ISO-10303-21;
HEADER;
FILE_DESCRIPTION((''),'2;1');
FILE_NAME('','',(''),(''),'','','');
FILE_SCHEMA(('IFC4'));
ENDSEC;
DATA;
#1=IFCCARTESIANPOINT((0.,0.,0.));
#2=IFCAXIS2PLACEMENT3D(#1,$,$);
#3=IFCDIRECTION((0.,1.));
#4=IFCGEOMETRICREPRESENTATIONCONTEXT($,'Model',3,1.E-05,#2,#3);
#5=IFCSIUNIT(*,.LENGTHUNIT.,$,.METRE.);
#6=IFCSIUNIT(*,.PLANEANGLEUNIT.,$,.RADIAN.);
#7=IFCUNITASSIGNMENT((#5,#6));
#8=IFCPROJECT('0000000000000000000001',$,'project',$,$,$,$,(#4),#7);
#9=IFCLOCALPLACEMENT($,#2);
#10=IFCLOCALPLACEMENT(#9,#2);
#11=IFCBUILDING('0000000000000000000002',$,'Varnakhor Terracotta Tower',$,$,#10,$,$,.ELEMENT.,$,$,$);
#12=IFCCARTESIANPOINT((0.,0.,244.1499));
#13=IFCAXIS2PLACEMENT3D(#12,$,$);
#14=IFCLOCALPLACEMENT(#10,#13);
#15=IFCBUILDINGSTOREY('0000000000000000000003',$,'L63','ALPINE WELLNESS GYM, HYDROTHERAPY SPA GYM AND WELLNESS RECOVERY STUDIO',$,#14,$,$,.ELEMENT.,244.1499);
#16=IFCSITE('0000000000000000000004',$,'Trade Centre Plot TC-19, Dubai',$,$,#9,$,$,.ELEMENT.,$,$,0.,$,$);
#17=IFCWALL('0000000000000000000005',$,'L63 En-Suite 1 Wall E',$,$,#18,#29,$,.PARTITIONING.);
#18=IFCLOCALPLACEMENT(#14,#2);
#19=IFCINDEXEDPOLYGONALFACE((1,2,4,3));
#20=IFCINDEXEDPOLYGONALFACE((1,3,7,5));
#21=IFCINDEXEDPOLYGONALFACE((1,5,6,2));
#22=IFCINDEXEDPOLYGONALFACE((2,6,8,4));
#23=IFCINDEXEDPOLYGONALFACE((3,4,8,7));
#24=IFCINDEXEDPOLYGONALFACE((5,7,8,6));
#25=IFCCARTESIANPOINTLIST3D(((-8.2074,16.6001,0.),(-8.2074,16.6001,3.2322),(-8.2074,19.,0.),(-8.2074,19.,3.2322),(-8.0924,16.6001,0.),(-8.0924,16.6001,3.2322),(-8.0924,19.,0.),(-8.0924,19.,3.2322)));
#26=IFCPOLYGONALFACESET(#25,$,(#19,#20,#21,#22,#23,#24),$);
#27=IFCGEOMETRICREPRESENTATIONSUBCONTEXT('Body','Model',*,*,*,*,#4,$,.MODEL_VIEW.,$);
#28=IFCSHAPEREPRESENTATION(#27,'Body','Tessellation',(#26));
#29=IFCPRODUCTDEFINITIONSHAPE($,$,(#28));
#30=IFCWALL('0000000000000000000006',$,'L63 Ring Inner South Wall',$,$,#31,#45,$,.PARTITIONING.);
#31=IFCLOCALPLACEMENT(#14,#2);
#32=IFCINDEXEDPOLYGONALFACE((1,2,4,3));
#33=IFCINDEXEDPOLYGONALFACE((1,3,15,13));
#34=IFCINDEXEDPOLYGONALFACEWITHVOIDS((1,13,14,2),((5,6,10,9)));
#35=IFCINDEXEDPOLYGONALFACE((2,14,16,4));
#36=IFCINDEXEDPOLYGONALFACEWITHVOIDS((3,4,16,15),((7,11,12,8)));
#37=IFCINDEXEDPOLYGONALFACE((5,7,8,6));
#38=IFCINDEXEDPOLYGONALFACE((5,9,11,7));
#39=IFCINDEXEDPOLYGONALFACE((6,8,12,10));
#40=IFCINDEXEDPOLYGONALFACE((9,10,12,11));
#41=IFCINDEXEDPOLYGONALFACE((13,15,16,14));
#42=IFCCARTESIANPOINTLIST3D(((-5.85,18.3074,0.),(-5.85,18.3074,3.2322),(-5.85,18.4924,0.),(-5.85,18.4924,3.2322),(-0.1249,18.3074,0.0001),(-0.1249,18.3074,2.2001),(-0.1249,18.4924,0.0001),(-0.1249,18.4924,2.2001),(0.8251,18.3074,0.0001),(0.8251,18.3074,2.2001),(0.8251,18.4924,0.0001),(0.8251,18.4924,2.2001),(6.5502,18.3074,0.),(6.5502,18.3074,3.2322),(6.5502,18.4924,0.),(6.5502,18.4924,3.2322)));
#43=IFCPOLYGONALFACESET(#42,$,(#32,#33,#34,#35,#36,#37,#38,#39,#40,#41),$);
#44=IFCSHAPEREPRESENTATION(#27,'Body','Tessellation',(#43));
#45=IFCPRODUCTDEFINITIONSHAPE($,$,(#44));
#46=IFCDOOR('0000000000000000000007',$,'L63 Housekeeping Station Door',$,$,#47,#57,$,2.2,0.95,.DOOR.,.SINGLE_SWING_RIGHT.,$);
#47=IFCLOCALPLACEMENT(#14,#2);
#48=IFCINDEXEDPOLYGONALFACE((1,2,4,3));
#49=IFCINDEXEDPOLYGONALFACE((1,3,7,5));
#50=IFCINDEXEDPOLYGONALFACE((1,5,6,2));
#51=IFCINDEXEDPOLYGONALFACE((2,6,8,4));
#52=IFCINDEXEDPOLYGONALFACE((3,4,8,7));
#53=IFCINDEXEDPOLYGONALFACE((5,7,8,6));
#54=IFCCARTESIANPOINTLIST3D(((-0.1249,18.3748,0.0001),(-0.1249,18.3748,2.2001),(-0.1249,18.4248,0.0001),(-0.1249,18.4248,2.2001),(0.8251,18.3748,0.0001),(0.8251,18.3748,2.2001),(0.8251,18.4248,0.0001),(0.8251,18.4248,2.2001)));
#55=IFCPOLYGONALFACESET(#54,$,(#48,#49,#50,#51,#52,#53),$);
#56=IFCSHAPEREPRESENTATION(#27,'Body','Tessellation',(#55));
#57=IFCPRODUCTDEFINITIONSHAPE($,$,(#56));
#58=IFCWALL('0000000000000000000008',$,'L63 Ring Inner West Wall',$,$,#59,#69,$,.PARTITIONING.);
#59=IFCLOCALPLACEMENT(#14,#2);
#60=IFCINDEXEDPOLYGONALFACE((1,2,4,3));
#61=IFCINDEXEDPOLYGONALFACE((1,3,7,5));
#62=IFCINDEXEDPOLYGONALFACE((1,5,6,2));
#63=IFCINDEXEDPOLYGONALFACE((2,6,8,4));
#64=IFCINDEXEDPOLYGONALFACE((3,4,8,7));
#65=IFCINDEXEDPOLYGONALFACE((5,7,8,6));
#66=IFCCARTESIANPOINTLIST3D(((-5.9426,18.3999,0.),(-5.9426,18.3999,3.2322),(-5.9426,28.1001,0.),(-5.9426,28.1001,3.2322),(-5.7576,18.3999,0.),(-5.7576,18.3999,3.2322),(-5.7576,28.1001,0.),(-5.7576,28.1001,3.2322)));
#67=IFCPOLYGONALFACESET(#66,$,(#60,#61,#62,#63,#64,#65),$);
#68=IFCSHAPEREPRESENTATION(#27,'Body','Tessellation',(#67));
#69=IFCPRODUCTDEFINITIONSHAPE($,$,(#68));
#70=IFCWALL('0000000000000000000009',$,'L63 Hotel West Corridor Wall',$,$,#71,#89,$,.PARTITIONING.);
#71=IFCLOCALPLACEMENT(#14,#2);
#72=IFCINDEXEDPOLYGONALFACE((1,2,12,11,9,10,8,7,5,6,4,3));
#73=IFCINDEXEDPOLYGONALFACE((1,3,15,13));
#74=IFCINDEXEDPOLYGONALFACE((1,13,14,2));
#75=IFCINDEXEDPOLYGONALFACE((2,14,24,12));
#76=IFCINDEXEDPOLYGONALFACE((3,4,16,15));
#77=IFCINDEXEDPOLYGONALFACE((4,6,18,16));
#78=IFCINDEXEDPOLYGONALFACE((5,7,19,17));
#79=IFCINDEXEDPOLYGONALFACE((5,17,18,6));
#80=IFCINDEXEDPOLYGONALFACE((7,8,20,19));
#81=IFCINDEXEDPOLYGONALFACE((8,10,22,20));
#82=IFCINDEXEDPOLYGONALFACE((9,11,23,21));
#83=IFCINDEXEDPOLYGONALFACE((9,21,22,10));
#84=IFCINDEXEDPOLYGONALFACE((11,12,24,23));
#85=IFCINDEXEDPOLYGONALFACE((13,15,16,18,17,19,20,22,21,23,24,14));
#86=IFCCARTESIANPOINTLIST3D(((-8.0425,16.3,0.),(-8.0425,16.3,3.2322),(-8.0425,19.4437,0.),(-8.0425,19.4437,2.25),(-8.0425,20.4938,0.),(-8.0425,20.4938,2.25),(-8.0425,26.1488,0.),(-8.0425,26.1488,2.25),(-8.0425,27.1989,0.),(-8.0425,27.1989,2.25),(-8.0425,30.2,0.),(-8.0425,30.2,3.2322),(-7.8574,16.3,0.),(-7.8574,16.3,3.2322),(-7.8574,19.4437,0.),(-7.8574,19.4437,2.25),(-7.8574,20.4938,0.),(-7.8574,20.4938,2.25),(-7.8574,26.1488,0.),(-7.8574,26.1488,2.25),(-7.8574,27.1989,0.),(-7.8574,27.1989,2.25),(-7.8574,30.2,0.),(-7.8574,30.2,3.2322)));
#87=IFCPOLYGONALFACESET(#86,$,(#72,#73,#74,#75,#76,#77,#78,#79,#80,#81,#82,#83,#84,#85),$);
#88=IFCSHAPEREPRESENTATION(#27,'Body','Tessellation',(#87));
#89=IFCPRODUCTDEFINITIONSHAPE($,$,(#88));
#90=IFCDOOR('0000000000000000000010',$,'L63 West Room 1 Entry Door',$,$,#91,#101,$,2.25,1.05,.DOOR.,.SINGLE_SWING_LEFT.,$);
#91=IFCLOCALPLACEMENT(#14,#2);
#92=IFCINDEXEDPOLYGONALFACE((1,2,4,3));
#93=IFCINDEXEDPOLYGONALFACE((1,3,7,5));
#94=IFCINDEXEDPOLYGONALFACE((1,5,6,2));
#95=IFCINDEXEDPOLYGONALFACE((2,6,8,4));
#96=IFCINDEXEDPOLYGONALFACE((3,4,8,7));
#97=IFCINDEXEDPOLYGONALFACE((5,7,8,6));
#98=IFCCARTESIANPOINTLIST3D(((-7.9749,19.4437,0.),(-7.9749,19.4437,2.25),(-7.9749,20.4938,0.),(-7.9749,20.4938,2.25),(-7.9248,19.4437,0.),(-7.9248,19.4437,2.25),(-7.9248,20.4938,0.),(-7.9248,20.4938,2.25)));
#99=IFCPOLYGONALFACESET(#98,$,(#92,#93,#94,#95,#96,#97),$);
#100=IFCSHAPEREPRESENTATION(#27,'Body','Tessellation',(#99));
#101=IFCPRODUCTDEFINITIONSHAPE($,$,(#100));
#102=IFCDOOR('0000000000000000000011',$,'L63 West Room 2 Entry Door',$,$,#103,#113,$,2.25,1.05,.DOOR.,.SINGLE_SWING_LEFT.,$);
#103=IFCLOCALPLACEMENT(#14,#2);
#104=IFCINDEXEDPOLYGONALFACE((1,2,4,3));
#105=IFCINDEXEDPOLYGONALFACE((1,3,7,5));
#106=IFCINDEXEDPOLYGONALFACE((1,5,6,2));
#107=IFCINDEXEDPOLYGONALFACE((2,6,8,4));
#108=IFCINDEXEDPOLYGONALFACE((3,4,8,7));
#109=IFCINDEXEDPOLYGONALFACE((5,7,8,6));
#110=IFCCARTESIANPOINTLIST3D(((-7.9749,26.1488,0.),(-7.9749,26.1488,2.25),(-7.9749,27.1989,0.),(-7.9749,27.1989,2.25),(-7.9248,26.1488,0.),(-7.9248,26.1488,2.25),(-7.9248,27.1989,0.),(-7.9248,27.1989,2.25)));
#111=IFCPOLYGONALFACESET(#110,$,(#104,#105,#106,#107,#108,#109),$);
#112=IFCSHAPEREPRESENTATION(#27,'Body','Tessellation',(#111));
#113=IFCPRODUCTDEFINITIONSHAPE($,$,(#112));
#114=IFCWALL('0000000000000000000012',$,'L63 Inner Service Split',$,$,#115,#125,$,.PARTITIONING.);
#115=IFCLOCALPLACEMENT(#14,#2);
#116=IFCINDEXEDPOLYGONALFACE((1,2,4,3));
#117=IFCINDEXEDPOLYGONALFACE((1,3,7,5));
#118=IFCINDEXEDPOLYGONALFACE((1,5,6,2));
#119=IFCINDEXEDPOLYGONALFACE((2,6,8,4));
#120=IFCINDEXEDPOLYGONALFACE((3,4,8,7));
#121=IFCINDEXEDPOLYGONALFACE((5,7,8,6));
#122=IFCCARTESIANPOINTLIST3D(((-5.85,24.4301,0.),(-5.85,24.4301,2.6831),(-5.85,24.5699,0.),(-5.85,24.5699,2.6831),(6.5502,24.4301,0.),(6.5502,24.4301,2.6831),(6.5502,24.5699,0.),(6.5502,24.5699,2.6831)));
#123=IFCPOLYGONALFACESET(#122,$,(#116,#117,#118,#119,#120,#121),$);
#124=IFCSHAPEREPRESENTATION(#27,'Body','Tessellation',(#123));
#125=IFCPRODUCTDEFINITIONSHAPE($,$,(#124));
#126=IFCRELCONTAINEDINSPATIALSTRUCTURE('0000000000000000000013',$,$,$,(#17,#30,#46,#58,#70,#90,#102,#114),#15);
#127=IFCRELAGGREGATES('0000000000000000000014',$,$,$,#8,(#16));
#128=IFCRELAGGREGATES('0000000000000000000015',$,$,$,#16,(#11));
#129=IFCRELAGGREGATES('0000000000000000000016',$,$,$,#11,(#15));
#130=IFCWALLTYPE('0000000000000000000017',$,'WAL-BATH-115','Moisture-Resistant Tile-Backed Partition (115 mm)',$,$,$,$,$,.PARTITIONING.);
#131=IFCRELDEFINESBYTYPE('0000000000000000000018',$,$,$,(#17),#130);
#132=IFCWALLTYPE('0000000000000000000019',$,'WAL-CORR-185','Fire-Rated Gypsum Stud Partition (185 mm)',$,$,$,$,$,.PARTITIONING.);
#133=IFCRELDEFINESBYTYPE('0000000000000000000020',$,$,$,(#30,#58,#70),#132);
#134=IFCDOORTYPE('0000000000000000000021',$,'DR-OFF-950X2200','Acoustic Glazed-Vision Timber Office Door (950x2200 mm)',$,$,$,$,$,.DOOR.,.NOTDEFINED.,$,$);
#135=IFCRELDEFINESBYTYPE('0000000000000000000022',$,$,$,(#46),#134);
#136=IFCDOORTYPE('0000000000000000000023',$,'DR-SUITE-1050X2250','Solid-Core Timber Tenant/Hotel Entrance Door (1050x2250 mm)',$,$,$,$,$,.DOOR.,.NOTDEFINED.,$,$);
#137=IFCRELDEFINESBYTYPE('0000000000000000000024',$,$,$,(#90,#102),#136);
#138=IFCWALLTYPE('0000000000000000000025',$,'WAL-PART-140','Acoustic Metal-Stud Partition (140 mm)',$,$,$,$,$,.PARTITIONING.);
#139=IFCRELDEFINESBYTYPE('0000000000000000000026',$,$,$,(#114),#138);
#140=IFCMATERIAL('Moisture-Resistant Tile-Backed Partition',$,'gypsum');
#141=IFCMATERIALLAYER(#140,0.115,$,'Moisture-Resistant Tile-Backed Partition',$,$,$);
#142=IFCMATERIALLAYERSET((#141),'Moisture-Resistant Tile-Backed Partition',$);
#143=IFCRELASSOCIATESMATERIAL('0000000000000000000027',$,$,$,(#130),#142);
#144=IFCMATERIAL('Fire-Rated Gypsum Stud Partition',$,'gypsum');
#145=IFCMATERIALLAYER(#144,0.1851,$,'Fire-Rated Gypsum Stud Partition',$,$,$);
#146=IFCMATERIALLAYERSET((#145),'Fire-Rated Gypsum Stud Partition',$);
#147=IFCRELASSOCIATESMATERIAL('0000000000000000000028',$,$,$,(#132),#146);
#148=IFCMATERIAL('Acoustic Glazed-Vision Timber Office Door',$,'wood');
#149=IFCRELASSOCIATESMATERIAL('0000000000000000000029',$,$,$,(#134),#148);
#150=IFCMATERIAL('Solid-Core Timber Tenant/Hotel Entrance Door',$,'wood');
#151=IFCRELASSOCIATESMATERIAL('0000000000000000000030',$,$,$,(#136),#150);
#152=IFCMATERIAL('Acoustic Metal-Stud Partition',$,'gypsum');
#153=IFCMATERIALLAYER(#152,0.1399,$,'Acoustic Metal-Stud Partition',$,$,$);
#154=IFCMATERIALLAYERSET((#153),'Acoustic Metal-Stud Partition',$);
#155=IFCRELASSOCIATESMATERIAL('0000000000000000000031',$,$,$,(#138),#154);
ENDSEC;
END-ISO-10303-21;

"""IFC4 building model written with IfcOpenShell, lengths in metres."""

from ifc_helpers import new_model, si_unit, direction, frame, frame_2d, origin, place, context, subcontext, project, spatial, rectangle, extrude, source, transform, mapped, material, layer, layer_set, type_object, type_shapes, element, fill, save


model = new_model("IFC4")

# Units and contexts
model_context = context("Model", 3, precision=1e-05, world=origin(), true_north=direction((0.0, 1.0)))
body_context = subcontext(model_context, "Body", "Model", "MODEL_VIEW")
ifc_project = project(units=[si_unit("LENGTHUNIT", "METRE"), si_unit("PLANEANGLEUNIT", "RADIAN")], contexts=[model_context])

# Site, building, storey
site_placement = place(None, origin())
site = spatial("IfcSite", under=ifc_project, at=site_placement, Name="Trade Centre Plot TC-19, Dubai", CompositionType="ELEMENT", RefElevation=0.0)
building_placement = place(site_placement, origin())
building = spatial("IfcBuilding", under=site, at=building_placement, Name="Varnakhor Terracotta Tower", CompositionType="ELEMENT")
storey_placement = place(building_placement, frame((0.0, 0.0, 244.1499)))
storey = spatial("IfcBuildingStorey", under=building, at=storey_placement, Name="L63", Description="ALPINE WELLNESS GYM, HYDROTHERAPY SPA GYM AND WELLNESS RECOVERY STUDIO", CompositionType="ELEMENT", Elevation=244.1499)

# Wall
ifc_material_1 = material(Name="Moisture-Resistant Tile-Backed Partition", Category="gypsum")
ifc_layer_1 = layer(ifc_material_1, 0.115, Name="Moisture-Resistant Tile-Backed Partition")
ifc_layer_set_1 = layer_set([ifc_layer_1], Name="Moisture-Resistant Tile-Backed Partition")
wall_type_1 = type_object("IfcWallType", Name="WAL-BATH-115", Description="Moisture-Resistant Tile-Backed Partition (115 mm)", PredefinedType="PARTITIONING", material=ifc_layer_set_1)
wall_1_placement = place(storey_placement, frame((-8.1499, 16.6001, 0.0), z_axis=(0.0, 0.0, 1.0), x_axis=(0.0, 1.0, 0.0)))
element("IfcWall", 1, at=wall_1_placement, inside=storey, type_object=wall_type_1, Name="L63 En-Suite 1 Wall E", PredefinedType="PARTITIONING", context=body_context, shape_type="SweptSolid", body=[
    extrude(rectangle(XDim=2.3999, YDim=0.115, at=frame_2d((1.2, 0.0))), origin(), (0.0, 0.0, 1.0), 3.2322),
])

# Wall, opening, door
ifc_material_2 = material(Name="Fire-Rated Gypsum Stud Partition", Category="gypsum")
ifc_layer_2 = layer(ifc_material_2, 0.1851, Name="Fire-Rated Gypsum Stud Partition")
ifc_layer_set_2 = layer_set([ifc_layer_2], Name="Fire-Rated Gypsum Stud Partition")
wall_type_2 = type_object("IfcWallType", Name="WAL-CORR-185", Description="Fire-Rated Gypsum Stud Partition (185 mm)", PredefinedType="PARTITIONING", material=ifc_layer_set_2)
wall_2_placement = place(storey_placement, frame((-5.8501, 18.3999, 0.0), z_axis=(0.0, 0.0, 1.0), x_axis=(1.0, 0.0, 0.0)))
wall_2 = element("IfcWall", 2, at=wall_2_placement, inside=storey, type_object=wall_type_2, Name="L63 Ring Inner South Wall", PredefinedType="PARTITIONING", context=body_context, shape_type="SweptSolid", body=[
    extrude(rectangle(XDim=12.4001, YDim=0.1851, at=frame_2d((6.2002, 0.0))), origin(), (0.0, 0.0, 1.0), 3.2322),
])
opening_1_placement = place(wall_2_placement, frame((5.7251, 0.0, 0.0)))
opening_1 = element("IfcOpeningElement", 3, at=opening_1_placement, cuts=wall_2, PredefinedType="OPENING", context=body_context, shape_type="SweptSolid", body=[
    extrude(rectangle(XDim=0.95, YDim=2.2, at=frame_2d((0.4751, 1.1001))), frame((0.0, 0.1025, 0.0), z_axis=(0.0, -1.0, 0.0), x_axis=(1.0, 0.0, 0.0)), (0.0, 0.0, 1.0), 0.2051),
])
ifc_material_3 = material(Name="Acoustic Glazed-Vision Timber Office Door", Category="wood")
door_type_1 = type_object("IfcDoorType", Name="DR-OFF-950X2200", Description="Acoustic Glazed-Vision Timber Office Door (950x2200 mm)", OperationType="NOTDEFINED", PredefinedType="DOOR", material=ifc_material_3)
shared_shape_1 = source(origin(), body_context, "Body", "SweptSolid", [
    extrude(rectangle(XDim=0.95, YDim=2.2, at=frame_2d((0.4751, 1.1001))), frame((0.0, 0.0249, 0.0), z_axis=(0.0, -1.0, 0.0), x_axis=(1.0, 0.0, 0.0)), (0.0, 0.0, 1.0), 0.05),
])
type_shapes(door_type_1, [shared_shape_1])
door_1_placement = place(opening_1_placement, origin())
door_1 = element("IfcDoor", 4, at=door_1_placement, inside=storey, type_object=door_type_1, Name="L63 Housekeeping Station Door", OperationType="SINGLE_SWING_RIGHT", OverallHeight=2.2, OverallWidth=0.95, PredefinedType="DOOR", context=body_context, shape_type="MappedRepresentation", body=[
    mapped(shared_shape_1, transform((0.0, 0.0, 0.0), scale=1.0)),
])
fill(opening_1, door_1)

# Wall
wall_3_placement = place(storey_placement, frame((-5.8501, 18.3999, 0.0), z_axis=(0.0, 0.0, 1.0), x_axis=(0.0, 1.0, 0.0)))
element("IfcWall", 5, at=wall_3_placement, inside=storey, type_object=wall_type_2, Name="L63 Ring Inner West Wall", PredefinedType="PARTITIONING", context=body_context, shape_type="SweptSolid", body=[
    extrude(rectangle(XDim=9.7002, YDim=0.1851, at=frame_2d((4.8501, 0.0))), origin(), (0.0, 0.0, 1.0), 3.2322),
])

# Wall, openings, doors
wall_4_placement = place(storey_placement, frame((-7.95, 16.3, 0.0), z_axis=(0.0, 0.0, 1.0), x_axis=(0.0, 1.0, 0.0)))
wall_4 = element("IfcWall", 6, at=wall_4_placement, inside=storey, type_object=wall_type_2, Name="L63 Hotel West Corridor Wall", PredefinedType="PARTITIONING", context=body_context, shape_type="SweptSolid", body=[
    extrude(rectangle(XDim=13.8999, YDim=0.1851, at=frame_2d((6.95, 0.0))), origin(), (0.0, 0.0, 1.0), 3.2322),
])
opening_2_placement = place(wall_4_placement, frame((3.1438, 0.0, 0.0)))
opening_2 = element("IfcOpeningElement", 7, at=opening_2_placement, cuts=wall_4, PredefinedType="OPENING", context=body_context, shape_type="SweptSolid", body=[
    extrude(rectangle(XDim=1.05, YDim=2.25, at=frame_2d((0.5249, 1.125))), frame((0.0, 0.1025, 0.0), z_axis=(0.0, -1.0, 0.0), x_axis=(1.0, 0.0, 0.0)), (0.0, 0.0, 1.0), 0.2051),
])
opening_3_placement = place(wall_4_placement, frame((9.8489, 0.0, 0.0)))
opening_3 = element("IfcOpeningElement", 8, at=opening_3_placement, cuts=wall_4, PredefinedType="OPENING", context=body_context, shape_type="SweptSolid", body=[
    extrude(rectangle(XDim=1.05, YDim=2.25, at=frame_2d((0.5249, 1.125))), frame((0.0, 0.1025, 0.0), z_axis=(0.0, -1.0, 0.0), x_axis=(1.0, 0.0, 0.0)), (0.0, 0.0, 1.0), 0.2051),
])
ifc_material_4 = material(Name="Solid-Core Timber Tenant/Hotel Entrance Door", Category="wood")
door_type_2 = type_object("IfcDoorType", Name="DR-SUITE-1050X2250", Description="Solid-Core Timber Tenant/Hotel Entrance Door (1050x2250 mm)", OperationType="NOTDEFINED", PredefinedType="DOOR", material=ifc_material_4)
shared_shape_2 = source(origin(), body_context, "Body", "SweptSolid", [
    extrude(rectangle(XDim=1.05, YDim=2.25, at=frame_2d((0.5249, 1.125))), frame((0.0, 0.0249, 0.0), z_axis=(0.0, -1.0, 0.0), x_axis=(1.0, 0.0, 0.0)), (0.0, 0.0, 1.0), 0.05),
])
type_shapes(door_type_2, [shared_shape_2])
door_2_placement = place(opening_2_placement, origin())
door_2 = element("IfcDoor", 9, at=door_2_placement, inside=storey, type_object=door_type_2, Name="L63 West Room 1 Entry Door", OperationType="SINGLE_SWING_LEFT", OverallHeight=2.25, OverallWidth=1.05, PredefinedType="DOOR", context=body_context, shape_type="MappedRepresentation", body=[
    mapped(shared_shape_2, transform((0.0, 0.0, 0.0), scale=1.0)),
])
fill(opening_2, door_2)
door_3_placement = place(opening_3_placement, origin())
door_3 = element("IfcDoor", 10, at=door_3_placement, inside=storey, type_object=door_type_2, Name="L63 West Room 2 Entry Door", OperationType="SINGLE_SWING_LEFT", OverallHeight=2.25, OverallWidth=1.05, PredefinedType="DOOR", context=body_context, shape_type="MappedRepresentation", body=[
    mapped(shared_shape_2, transform((0.0, 0.0, 0.0), scale=1.0)),
])
fill(opening_3, door_3)

# Wall
ifc_material_5 = material(Name="Acoustic Metal-Stud Partition", Category="gypsum")
ifc_layer_3 = layer(ifc_material_5, 0.1399, Name="Acoustic Metal-Stud Partition")
ifc_layer_set_3 = layer_set([ifc_layer_3], Name="Acoustic Metal-Stud Partition")
wall_type_3 = type_object("IfcWallType", Name="WAL-PART-140", Description="Acoustic Metal-Stud Partition (140 mm)", PredefinedType="PARTITIONING", material=ifc_layer_set_3)
wall_5_placement = place(storey_placement, frame((-5.8501, 24.5, 0.0), z_axis=(0.0, 0.0, 1.0), x_axis=(1.0, 0.0, 0.0)))
element("IfcWall", 11, at=wall_5_placement, inside=storey, type_object=wall_type_3, Name="L63 Inner Service Split", PredefinedType="PARTITIONING", context=body_context, shape_type="SweptSolid", body=[
    extrude(rectangle(XDim=12.4001, YDim=0.1399, at=frame_2d((6.2002, 0.0))), origin(), (0.0, 0.0, 1.0), 2.6831),
])

save(model, "model.ifc")
